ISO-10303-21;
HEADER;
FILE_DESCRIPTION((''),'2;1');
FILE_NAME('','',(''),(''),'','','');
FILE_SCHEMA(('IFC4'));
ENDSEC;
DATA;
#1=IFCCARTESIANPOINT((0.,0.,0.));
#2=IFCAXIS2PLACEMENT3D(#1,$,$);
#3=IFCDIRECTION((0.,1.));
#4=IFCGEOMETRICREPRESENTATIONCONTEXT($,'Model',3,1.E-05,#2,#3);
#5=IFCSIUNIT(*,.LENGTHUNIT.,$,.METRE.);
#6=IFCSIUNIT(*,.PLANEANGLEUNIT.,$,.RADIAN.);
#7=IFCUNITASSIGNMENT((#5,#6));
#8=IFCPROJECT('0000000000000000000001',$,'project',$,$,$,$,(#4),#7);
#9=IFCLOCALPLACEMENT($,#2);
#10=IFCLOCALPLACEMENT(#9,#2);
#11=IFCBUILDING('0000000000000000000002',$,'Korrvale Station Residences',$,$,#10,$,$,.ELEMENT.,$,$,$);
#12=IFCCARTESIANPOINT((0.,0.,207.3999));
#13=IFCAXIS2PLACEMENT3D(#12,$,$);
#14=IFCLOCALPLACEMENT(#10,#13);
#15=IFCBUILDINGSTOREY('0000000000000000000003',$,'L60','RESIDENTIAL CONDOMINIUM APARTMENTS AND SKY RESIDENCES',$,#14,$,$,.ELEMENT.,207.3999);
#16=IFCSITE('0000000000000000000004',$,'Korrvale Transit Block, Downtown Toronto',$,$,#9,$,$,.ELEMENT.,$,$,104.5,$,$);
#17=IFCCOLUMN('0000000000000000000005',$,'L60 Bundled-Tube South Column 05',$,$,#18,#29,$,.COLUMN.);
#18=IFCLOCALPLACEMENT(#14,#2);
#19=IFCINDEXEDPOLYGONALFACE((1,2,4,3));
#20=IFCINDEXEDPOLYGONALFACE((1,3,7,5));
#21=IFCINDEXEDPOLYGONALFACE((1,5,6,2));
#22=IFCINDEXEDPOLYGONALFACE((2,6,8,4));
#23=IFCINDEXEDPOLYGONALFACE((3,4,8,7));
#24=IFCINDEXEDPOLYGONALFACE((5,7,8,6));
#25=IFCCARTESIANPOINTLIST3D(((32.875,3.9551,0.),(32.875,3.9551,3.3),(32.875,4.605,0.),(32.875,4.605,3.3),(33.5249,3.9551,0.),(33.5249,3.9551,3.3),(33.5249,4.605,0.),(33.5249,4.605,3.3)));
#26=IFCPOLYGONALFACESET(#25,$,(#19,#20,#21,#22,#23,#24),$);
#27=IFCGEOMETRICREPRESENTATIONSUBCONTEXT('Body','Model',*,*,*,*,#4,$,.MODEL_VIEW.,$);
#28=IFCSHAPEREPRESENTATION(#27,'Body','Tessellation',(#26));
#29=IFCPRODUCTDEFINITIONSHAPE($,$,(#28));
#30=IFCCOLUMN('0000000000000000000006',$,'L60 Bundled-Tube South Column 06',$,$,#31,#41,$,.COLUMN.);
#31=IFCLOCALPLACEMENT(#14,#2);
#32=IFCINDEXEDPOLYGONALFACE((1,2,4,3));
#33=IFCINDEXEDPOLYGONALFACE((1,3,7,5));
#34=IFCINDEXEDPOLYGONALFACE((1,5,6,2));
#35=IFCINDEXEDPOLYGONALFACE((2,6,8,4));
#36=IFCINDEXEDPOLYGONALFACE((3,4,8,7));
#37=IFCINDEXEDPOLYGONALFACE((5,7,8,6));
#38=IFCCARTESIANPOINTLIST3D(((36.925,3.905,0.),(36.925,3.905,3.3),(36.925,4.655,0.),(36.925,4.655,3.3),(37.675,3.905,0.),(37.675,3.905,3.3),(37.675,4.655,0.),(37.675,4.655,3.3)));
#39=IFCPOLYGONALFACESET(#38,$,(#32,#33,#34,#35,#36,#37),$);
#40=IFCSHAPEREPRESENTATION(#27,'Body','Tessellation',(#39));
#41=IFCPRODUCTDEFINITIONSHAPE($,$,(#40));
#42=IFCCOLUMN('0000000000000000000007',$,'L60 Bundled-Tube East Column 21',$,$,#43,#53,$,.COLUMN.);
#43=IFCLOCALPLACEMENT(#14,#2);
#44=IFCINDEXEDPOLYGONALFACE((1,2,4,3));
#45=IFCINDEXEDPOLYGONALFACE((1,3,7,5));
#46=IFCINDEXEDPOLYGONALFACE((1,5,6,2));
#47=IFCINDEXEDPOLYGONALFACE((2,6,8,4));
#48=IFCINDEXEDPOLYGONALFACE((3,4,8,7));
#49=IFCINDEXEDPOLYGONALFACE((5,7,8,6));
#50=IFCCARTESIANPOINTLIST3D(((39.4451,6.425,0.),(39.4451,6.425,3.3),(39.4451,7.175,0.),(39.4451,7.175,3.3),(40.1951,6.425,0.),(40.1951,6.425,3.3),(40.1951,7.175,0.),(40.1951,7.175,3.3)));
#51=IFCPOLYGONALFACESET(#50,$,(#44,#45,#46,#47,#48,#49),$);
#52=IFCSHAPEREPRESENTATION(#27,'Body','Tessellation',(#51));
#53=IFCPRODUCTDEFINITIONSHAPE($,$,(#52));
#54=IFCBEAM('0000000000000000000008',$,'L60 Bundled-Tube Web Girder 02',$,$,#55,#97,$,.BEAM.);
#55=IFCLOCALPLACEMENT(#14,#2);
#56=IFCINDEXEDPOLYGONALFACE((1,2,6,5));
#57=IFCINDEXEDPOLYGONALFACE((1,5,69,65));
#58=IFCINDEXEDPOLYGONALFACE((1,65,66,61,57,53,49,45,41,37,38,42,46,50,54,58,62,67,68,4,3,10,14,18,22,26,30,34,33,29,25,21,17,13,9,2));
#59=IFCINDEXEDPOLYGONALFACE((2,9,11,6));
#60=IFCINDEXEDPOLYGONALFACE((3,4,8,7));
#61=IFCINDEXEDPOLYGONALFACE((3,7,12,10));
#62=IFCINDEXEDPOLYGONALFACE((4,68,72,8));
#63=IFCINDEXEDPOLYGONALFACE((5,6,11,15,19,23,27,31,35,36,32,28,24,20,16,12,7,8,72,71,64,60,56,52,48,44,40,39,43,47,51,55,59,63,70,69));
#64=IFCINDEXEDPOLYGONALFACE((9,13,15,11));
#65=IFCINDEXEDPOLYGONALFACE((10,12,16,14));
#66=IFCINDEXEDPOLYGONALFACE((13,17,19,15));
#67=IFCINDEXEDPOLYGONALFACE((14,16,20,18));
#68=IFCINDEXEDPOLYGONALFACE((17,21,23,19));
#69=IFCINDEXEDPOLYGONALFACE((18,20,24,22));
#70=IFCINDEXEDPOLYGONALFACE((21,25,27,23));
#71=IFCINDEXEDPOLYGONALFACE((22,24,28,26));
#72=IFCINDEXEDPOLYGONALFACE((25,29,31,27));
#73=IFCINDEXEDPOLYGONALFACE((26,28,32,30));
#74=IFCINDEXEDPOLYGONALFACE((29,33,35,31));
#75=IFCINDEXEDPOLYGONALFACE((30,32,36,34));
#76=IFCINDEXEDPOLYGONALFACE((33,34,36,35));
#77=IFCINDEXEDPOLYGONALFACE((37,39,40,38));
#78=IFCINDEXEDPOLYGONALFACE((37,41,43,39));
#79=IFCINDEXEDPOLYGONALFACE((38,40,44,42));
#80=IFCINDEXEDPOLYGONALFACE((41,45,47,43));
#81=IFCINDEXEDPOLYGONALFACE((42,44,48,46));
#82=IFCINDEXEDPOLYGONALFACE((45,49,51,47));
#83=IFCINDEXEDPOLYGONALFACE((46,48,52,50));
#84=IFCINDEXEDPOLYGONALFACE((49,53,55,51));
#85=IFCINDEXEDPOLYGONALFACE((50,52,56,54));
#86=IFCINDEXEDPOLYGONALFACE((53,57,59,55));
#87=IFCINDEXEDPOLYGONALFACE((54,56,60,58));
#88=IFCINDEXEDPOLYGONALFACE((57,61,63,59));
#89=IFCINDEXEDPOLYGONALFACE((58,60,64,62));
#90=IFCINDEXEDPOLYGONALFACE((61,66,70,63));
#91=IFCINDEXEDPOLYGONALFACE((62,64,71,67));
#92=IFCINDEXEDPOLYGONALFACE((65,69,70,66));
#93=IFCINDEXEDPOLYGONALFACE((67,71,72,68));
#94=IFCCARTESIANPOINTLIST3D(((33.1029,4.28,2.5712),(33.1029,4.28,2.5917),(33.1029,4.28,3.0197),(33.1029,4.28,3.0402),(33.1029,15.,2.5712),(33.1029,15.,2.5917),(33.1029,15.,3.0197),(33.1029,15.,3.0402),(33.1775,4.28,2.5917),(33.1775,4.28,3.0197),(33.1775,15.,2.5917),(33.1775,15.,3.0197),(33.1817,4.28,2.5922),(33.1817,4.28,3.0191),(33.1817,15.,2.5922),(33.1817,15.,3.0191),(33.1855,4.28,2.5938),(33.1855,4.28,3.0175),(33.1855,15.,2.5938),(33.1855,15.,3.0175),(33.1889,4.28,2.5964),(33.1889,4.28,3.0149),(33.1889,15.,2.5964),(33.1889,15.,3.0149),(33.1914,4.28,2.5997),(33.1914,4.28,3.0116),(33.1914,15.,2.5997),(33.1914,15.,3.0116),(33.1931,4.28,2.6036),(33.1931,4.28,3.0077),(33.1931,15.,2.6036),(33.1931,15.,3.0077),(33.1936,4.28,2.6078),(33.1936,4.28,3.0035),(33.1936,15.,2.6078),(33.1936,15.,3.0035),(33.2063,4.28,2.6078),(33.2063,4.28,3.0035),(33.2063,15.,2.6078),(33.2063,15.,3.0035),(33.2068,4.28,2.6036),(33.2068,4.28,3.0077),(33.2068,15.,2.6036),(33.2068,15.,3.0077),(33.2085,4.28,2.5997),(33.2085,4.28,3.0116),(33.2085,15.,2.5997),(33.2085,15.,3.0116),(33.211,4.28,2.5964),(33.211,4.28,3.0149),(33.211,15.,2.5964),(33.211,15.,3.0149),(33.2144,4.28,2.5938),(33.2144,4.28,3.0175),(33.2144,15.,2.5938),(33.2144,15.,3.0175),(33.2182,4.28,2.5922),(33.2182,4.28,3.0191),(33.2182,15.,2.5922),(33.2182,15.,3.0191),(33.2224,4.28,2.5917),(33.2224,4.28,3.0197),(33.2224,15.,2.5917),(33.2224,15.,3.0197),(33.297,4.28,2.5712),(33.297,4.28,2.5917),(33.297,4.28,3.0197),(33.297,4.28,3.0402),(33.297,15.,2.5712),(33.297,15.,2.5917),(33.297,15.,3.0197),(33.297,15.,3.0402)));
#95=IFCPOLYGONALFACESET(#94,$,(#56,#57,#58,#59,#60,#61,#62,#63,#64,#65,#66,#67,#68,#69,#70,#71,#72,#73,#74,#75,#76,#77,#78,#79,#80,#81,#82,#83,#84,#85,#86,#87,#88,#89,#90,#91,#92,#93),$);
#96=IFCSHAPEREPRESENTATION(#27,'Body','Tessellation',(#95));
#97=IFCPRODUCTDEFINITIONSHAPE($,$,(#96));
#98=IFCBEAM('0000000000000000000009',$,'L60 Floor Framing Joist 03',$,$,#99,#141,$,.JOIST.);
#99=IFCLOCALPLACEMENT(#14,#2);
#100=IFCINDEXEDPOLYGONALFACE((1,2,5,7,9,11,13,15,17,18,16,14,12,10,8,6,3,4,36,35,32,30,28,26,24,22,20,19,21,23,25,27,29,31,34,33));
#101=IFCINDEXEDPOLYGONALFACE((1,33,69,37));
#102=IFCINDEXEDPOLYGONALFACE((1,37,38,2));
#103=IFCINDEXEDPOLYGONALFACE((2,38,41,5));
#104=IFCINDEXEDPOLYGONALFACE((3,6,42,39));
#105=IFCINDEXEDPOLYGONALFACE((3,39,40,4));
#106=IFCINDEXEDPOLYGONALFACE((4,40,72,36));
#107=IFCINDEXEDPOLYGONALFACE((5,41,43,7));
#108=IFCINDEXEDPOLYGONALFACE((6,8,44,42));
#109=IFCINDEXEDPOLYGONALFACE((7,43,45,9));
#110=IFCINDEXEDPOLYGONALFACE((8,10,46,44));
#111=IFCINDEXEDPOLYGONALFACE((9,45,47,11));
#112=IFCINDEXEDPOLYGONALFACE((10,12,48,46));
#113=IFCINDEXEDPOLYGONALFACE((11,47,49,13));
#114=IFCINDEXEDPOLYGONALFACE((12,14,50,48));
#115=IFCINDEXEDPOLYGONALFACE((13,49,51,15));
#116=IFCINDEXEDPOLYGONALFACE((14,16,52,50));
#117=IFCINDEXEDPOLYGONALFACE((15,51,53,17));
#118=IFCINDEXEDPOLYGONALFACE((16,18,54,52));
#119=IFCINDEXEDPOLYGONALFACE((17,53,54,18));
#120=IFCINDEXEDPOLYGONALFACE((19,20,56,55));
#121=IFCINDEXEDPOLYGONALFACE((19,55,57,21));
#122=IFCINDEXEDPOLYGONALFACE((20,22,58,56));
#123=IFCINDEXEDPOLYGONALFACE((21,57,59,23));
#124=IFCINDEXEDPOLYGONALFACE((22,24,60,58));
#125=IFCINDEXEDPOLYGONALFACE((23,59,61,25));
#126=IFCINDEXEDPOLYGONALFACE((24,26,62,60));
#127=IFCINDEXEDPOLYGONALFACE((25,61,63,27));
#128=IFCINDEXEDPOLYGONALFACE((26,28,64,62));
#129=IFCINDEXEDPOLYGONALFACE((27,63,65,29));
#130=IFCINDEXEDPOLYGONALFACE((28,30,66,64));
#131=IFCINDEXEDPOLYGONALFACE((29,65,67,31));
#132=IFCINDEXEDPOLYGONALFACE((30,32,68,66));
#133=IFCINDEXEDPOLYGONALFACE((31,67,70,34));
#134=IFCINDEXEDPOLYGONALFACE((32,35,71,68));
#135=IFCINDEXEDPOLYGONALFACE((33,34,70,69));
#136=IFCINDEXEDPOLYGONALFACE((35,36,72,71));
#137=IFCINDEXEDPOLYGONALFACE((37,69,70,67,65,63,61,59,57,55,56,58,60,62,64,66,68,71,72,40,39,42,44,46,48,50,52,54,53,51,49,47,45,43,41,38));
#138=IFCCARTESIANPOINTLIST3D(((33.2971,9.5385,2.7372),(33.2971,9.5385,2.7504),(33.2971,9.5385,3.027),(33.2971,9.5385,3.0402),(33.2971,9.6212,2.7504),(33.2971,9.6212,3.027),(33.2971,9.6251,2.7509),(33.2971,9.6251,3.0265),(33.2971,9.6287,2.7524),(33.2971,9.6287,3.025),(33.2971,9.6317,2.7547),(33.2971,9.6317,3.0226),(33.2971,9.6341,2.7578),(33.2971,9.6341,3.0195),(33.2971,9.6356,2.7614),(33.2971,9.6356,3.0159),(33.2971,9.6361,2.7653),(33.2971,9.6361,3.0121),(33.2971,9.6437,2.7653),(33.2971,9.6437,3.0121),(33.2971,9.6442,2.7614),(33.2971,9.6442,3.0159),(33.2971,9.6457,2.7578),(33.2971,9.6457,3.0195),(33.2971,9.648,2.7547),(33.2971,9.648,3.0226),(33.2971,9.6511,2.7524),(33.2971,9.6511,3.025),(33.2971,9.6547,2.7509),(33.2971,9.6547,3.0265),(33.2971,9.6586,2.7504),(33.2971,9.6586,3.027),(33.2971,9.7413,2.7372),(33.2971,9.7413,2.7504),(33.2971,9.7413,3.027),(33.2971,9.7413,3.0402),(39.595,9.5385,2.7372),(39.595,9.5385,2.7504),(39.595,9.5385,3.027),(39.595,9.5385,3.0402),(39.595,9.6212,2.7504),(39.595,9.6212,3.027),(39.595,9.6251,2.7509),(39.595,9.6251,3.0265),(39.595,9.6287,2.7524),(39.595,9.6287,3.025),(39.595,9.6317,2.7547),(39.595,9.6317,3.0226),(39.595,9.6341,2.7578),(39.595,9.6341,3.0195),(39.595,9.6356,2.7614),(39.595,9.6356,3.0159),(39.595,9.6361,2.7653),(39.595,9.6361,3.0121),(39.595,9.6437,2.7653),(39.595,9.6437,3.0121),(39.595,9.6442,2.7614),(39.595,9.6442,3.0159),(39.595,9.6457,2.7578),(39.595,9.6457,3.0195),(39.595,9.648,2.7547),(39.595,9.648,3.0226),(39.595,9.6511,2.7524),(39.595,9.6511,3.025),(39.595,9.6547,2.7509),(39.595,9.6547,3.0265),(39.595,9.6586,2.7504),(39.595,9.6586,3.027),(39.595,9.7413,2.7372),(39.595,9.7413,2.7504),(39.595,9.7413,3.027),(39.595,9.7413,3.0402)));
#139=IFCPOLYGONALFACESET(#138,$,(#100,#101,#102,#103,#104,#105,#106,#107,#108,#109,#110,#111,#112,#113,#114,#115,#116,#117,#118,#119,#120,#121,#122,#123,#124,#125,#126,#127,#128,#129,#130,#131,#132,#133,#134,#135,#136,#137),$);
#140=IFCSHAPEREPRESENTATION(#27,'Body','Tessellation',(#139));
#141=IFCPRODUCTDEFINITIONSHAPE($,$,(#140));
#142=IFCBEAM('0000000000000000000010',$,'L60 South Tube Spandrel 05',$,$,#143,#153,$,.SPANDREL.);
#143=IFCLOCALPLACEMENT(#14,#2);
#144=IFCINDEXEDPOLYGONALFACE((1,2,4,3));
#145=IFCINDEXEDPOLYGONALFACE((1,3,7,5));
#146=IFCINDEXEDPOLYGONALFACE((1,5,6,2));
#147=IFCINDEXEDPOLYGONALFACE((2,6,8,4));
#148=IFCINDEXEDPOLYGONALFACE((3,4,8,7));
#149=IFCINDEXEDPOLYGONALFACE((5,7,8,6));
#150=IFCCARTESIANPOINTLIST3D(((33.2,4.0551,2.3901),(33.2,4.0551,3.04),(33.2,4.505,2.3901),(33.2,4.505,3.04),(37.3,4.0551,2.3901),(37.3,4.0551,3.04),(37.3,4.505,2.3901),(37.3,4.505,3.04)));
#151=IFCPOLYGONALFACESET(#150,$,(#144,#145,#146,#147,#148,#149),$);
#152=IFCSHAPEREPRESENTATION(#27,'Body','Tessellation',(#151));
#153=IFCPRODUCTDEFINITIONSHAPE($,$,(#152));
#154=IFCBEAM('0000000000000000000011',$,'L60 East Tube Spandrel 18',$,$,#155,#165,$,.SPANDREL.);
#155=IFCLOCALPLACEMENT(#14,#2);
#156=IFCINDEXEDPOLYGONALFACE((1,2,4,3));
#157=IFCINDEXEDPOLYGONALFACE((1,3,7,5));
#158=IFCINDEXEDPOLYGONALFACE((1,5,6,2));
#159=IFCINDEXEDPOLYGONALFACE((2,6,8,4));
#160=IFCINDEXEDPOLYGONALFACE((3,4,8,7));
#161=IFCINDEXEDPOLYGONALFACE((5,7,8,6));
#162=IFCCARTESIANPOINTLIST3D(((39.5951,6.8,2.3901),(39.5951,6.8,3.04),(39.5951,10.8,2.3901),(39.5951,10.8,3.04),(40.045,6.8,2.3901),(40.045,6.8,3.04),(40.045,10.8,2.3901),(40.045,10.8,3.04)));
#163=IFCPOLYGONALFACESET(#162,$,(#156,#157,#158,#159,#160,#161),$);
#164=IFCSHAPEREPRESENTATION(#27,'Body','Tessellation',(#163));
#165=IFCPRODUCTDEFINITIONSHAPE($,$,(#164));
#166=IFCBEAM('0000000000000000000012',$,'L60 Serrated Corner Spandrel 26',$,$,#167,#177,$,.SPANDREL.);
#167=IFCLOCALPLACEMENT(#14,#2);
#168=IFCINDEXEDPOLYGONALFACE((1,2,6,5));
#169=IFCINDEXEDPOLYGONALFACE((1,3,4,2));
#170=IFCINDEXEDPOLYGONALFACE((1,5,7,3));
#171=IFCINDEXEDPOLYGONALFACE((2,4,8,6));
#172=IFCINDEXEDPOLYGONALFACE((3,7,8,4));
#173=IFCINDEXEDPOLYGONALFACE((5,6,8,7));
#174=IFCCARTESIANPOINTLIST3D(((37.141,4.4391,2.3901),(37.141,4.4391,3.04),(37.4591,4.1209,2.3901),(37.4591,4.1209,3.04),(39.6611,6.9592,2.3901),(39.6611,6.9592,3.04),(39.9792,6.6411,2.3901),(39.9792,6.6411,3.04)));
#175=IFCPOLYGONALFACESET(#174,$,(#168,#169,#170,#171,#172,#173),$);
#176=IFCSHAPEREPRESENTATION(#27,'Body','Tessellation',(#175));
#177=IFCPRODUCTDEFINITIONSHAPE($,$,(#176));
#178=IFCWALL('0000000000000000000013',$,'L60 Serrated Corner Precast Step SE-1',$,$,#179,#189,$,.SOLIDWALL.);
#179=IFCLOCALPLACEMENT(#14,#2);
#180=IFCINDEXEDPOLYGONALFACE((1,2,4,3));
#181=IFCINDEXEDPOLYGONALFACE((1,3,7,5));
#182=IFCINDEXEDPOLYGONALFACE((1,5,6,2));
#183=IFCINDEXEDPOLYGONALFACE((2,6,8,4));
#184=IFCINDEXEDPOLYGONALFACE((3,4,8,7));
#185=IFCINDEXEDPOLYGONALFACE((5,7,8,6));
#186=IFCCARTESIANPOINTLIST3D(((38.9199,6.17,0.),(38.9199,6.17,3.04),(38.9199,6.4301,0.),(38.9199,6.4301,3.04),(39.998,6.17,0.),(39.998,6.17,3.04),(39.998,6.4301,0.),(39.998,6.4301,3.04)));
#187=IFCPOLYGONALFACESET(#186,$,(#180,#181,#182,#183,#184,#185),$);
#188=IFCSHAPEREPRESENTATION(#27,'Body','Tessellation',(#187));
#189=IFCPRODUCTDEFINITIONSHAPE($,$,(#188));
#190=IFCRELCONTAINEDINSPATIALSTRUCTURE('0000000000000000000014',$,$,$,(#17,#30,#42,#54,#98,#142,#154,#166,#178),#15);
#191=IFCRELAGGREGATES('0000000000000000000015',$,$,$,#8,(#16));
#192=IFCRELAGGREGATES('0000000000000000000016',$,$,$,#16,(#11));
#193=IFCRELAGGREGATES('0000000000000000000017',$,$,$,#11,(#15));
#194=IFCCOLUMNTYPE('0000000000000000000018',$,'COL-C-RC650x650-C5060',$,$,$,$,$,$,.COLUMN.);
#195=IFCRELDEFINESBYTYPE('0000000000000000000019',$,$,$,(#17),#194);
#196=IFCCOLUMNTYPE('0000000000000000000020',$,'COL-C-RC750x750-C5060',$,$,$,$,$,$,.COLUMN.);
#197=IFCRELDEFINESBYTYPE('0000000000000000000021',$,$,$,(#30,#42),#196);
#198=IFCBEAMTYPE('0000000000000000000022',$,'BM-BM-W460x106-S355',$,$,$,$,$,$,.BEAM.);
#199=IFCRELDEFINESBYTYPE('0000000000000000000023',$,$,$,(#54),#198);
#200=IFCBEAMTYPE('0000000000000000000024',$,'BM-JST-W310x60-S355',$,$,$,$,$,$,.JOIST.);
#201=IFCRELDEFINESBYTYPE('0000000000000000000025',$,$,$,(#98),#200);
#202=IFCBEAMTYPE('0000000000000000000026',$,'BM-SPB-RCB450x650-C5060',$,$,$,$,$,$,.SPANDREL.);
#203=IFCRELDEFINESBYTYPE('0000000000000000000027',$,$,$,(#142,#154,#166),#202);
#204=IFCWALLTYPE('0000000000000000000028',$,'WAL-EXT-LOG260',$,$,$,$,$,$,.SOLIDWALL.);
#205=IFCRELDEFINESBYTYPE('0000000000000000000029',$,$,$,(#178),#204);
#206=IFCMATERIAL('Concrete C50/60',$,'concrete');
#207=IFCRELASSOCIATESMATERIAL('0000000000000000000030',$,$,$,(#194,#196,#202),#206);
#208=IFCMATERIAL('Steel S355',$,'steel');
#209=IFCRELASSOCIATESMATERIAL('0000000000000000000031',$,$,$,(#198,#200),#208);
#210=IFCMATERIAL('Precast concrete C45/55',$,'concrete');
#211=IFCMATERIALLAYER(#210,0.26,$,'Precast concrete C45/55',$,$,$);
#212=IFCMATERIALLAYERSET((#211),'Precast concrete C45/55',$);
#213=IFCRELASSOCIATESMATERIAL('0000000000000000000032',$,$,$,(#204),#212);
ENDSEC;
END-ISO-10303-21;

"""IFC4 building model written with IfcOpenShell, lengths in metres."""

from ifc_helpers import new_model, si_unit, direction, frame, frame_2d, origin, origin_2d, place, context, subcontext, project, spatial, rectangle, i_section, extrude, material, layer, layer_set, material_profile, profile_set, type_object, element, save


model = new_model("IFC4")

# Units and contexts
model_context = context("Model", 3, precision=1e-05, world=origin(), true_north=direction((0.0, 1.0)))
body_context = subcontext(model_context, "Body", "Model", "MODEL_VIEW")
ifc_project = project(units=[si_unit("LENGTHUNIT", "METRE"), si_unit("PLANEANGLEUNIT", "RADIAN")], contexts=[model_context])

# Site, building, storey
site_placement = place(None, origin())
site = spatial("IfcSite", under=ifc_project, at=site_placement, Name="Korrvale Transit Block, Downtown Toronto", CompositionType="ELEMENT", RefElevation=104.5)
building_placement = place(site_placement, origin())
building = spatial("IfcBuilding", under=site, at=building_placement, Name="Korrvale Station Residences", CompositionType="ELEMENT")
storey_placement = place(building_placement, frame((0.0, 0.0, 207.3999)))
storey = spatial("IfcBuildingStorey", under=building, at=storey_placement, Name="L60", Description="RESIDENTIAL CONDOMINIUM APARTMENTS AND SKY RESIDENCES", CompositionType="ELEMENT", Elevation=207.3999)

# Columns
ifc_material_1 = material(Name="Concrete C50/60", Category="concrete")
ifc_material_profile_1 = material_profile(ifc_material_1, rectangle(XDim=0.6499, YDim=0.6499, at=origin_2d()), Name="RC650x650")
ifc_profile_set_1 = profile_set([ifc_material_profile_1], Name="Concrete C50/60")
column_type_1 = type_object("IfcColumnType", Name="COL-C-RC650x650-C5060", PredefinedType="COLUMN", material=ifc_profile_set_1)
column_placement = place(storey_placement, frame((33.2, 4.28, 0.0), z_axis=(0.0, 0.0, 1.0), x_axis=(1.0, 0.0, 0.0)))
element("IfcColumn", 1, at=column_placement, inside=storey, type_object=column_type_1, Name="L60 Bundled-Tube South Column 05", PredefinedType="COLUMN", context=body_context, shape_type="SweptSolid", body=[
    extrude(rectangle(XDim=0.6499, YDim=0.6499, at=origin_2d()), origin(), (0.0, 0.0, 1.0), 3.3),
])
ifc_material_profile_2 = material_profile(ifc_material_1, rectangle(XDim=0.75, YDim=0.75, at=origin_2d()), Name="RC750x750")
ifc_profile_set_2 = profile_set([ifc_material_profile_2], Name="Concrete C50/60")
column_type_2 = type_object("IfcColumnType", Name="COL-C-RC750x750-C5060", PredefinedType="COLUMN", material=ifc_profile_set_2)
for number, where, z_axis, x_axis, name in (
    (2, (37.3, 4.28, 0.0), (0.0, 0.0, 1.0), (1.0, 0.0, 0.0), "L60 Bundled-Tube South Column 06"),
    (3, (39.8201, 6.8, 0.0), (0.0, 0.0, 1.0), (1.0, 0.0, 0.0), "L60 Bundled-Tube East Column 21"),
):
    element("IfcColumn", number, at=place(storey_placement, frame(where, z_axis=z_axis, x_axis=x_axis)), inside=storey, type_object=column_type_2, Name=name, PredefinedType="COLUMN", context=body_context, shape_type="SweptSolid", body=[
        extrude(rectangle(XDim=0.75, YDim=0.75, at=origin_2d()), origin(), (0.0, 0.0, 1.0), 3.3),
    ])

# Beams
ifc_material_2 = material(Name="Steel S355", Category="steel")
ifc_material_profile_3 = material_profile(ifc_material_2, i_section(OverallWidth=0.1941, OverallDepth=0.469, WebThickness=0.0127, FlangeThickness=0.0205, FilletRadius=0.0161, at=origin_2d()), Name="W460x106")
ifc_profile_set_3 = profile_set([ifc_material_profile_3], Name="Steel S355")
beam_type_1 = type_object("IfcBeamType", Name="BM-BM-W460x106-S355", PredefinedType="BEAM", material=ifc_profile_set_3)
beam_1_placement = place(storey_placement, frame((33.2, 4.28, 2.8057), z_axis=(0.0, 1.0, 0.0), x_axis=(-1.0, 0.0, 0.0)))
element("IfcBeam", 4, at=beam_1_placement, inside=storey, type_object=beam_type_1, Name="L60 Bundled-Tube Web Girder 02", PredefinedType="BEAM", context=body_context, shape_type="SweptSolid", body=[
    extrude(i_section(OverallWidth=0.1941, OverallDepth=0.469, WebThickness=0.0127, FlangeThickness=0.0205, FilletRadius=0.0161, at=origin_2d()), origin(), (0.0, 0.0, 1.0), 10.72),
])
ifc_material_profile_4 = material_profile(ifc_material_2, i_section(OverallWidth=0.2029, OverallDepth=0.303, WebThickness=0.0076, FlangeThickness=0.0132, FilletRadius=0.0149, at=origin_2d()), Name="W310x60")
ifc_profile_set_4 = profile_set([ifc_material_profile_4], Name="Steel S355")
beam_type_2 = type_object("IfcBeamType", Name="BM-JST-W310x60-S355", PredefinedType="JOIST", material=ifc_profile_set_4)
beam_2_placement = place(storey_placement, frame((33.2971, 9.6399, 2.8887), z_axis=(1.0, 0.0, 0.0), x_axis=(0.0, 1.0, 0.0)))
element("IfcBeam", 5, at=beam_2_placement, inside=storey, type_object=beam_type_2, Name="L60 Floor Framing Joist 03", PredefinedType="JOIST", context=body_context, shape_type="SweptSolid", body=[
    extrude(i_section(OverallWidth=0.2029, OverallDepth=0.303, WebThickness=0.0076, FlangeThickness=0.0132, FilletRadius=0.0149, at=origin_2d()), origin(), (0.0, 0.0, 1.0), 6.2979),
])
ifc_material_profile_5 = material_profile(ifc_material_1, rectangle(XDim=0.45, YDim=0.6499, at=origin_2d()), Name="RCB450x650")
ifc_profile_set_5 = profile_set([ifc_material_profile_5], Name="Concrete C50/60")
beam_type_3 = type_object("IfcBeamType", Name="BM-SPB-RCB450x650-C5060", PredefinedType="SPANDREL", material=ifc_profile_set_5)
beam_3_placement = place(storey_placement, frame((33.2, 4.28, 2.7151), z_axis=(1.0, 0.0, 0.0), x_axis=(0.0, 1.0, 0.0)))
element("IfcBeam", 6, at=beam_3_placement, inside=storey, type_object=beam_type_3, Name="L60 South Tube Spandrel 05", PredefinedType="SPANDREL", context=body_context, shape_type="SweptSolid", body=[
    extrude(rectangle(XDim=0.45, YDim=0.6499, at=origin_2d()), origin(), (0.0, 0.0, 1.0), 4.1001),
])
beam_4_placement = place(storey_placement, frame((39.8201, 6.8, 2.7151), z_axis=(0.0, 1.0, 0.0), x_axis=(-1.0, 0.0, 0.0)))
element("IfcBeam", 7, at=beam_4_placement, inside=storey, type_object=beam_type_3, Name="L60 East Tube Spandrel 18", PredefinedType="SPANDREL", context=body_context, shape_type="SweptSolid", body=[
    extrude(rectangle(XDim=0.45, YDim=0.6499, at=origin_2d()), origin(), (0.0, 0.0, 1.0), 4.0),
])
beam_5_placement = place(storey_placement, frame((37.3, 4.28, 2.7151), z_axis=(0.707107, 0.707107, 0.0), x_axis=(-0.707107, 0.707107, 0.0)))
element("IfcBeam", 8, at=beam_5_placement, inside=storey, type_object=beam_type_3, Name="L60 Serrated Corner Spandrel 26", PredefinedType="SPANDREL", context=body_context, shape_type="SweptSolid", body=[
    extrude(rectangle(XDim=0.45, YDim=0.6499, at=origin_2d()), origin(), (0.0, 0.0, 1.0), 3.564),
])

# Wall
ifc_material_3 = material(Name="Precast concrete C45/55", Category="concrete")
ifc_layer_1 = layer(ifc_material_3, 0.26, Name="Precast concrete C45/55")
ifc_layer_set_1 = layer_set([ifc_layer_1], Name="Precast concrete C45/55")
wall_type_1 = type_object("IfcWallType", Name="WAL-EXT-LOG260", PredefinedType="SOLIDWALL", material=ifc_layer_set_1)
wall_1_placement = place(storey_placement, frame((39.998, 6.3, 0.0), z_axis=(0.0, 0.0, 1.0), x_axis=(-1.0, 0.0, 0.0)))
element("IfcWall", 9, at=wall_1_placement, inside=storey, type_object=wall_type_1, Name="L60 Serrated Corner Precast Step SE-1", PredefinedType="SOLIDWALL", context=body_context, shape_type="SweptSolid", body=[
    extrude(rectangle(XDim=1.0781, YDim=0.26, at=frame_2d((0.5391, 0.0))), origin(), (0.0, 0.0, 1.0), 3.04),
])

save(model, "model.ifc")
